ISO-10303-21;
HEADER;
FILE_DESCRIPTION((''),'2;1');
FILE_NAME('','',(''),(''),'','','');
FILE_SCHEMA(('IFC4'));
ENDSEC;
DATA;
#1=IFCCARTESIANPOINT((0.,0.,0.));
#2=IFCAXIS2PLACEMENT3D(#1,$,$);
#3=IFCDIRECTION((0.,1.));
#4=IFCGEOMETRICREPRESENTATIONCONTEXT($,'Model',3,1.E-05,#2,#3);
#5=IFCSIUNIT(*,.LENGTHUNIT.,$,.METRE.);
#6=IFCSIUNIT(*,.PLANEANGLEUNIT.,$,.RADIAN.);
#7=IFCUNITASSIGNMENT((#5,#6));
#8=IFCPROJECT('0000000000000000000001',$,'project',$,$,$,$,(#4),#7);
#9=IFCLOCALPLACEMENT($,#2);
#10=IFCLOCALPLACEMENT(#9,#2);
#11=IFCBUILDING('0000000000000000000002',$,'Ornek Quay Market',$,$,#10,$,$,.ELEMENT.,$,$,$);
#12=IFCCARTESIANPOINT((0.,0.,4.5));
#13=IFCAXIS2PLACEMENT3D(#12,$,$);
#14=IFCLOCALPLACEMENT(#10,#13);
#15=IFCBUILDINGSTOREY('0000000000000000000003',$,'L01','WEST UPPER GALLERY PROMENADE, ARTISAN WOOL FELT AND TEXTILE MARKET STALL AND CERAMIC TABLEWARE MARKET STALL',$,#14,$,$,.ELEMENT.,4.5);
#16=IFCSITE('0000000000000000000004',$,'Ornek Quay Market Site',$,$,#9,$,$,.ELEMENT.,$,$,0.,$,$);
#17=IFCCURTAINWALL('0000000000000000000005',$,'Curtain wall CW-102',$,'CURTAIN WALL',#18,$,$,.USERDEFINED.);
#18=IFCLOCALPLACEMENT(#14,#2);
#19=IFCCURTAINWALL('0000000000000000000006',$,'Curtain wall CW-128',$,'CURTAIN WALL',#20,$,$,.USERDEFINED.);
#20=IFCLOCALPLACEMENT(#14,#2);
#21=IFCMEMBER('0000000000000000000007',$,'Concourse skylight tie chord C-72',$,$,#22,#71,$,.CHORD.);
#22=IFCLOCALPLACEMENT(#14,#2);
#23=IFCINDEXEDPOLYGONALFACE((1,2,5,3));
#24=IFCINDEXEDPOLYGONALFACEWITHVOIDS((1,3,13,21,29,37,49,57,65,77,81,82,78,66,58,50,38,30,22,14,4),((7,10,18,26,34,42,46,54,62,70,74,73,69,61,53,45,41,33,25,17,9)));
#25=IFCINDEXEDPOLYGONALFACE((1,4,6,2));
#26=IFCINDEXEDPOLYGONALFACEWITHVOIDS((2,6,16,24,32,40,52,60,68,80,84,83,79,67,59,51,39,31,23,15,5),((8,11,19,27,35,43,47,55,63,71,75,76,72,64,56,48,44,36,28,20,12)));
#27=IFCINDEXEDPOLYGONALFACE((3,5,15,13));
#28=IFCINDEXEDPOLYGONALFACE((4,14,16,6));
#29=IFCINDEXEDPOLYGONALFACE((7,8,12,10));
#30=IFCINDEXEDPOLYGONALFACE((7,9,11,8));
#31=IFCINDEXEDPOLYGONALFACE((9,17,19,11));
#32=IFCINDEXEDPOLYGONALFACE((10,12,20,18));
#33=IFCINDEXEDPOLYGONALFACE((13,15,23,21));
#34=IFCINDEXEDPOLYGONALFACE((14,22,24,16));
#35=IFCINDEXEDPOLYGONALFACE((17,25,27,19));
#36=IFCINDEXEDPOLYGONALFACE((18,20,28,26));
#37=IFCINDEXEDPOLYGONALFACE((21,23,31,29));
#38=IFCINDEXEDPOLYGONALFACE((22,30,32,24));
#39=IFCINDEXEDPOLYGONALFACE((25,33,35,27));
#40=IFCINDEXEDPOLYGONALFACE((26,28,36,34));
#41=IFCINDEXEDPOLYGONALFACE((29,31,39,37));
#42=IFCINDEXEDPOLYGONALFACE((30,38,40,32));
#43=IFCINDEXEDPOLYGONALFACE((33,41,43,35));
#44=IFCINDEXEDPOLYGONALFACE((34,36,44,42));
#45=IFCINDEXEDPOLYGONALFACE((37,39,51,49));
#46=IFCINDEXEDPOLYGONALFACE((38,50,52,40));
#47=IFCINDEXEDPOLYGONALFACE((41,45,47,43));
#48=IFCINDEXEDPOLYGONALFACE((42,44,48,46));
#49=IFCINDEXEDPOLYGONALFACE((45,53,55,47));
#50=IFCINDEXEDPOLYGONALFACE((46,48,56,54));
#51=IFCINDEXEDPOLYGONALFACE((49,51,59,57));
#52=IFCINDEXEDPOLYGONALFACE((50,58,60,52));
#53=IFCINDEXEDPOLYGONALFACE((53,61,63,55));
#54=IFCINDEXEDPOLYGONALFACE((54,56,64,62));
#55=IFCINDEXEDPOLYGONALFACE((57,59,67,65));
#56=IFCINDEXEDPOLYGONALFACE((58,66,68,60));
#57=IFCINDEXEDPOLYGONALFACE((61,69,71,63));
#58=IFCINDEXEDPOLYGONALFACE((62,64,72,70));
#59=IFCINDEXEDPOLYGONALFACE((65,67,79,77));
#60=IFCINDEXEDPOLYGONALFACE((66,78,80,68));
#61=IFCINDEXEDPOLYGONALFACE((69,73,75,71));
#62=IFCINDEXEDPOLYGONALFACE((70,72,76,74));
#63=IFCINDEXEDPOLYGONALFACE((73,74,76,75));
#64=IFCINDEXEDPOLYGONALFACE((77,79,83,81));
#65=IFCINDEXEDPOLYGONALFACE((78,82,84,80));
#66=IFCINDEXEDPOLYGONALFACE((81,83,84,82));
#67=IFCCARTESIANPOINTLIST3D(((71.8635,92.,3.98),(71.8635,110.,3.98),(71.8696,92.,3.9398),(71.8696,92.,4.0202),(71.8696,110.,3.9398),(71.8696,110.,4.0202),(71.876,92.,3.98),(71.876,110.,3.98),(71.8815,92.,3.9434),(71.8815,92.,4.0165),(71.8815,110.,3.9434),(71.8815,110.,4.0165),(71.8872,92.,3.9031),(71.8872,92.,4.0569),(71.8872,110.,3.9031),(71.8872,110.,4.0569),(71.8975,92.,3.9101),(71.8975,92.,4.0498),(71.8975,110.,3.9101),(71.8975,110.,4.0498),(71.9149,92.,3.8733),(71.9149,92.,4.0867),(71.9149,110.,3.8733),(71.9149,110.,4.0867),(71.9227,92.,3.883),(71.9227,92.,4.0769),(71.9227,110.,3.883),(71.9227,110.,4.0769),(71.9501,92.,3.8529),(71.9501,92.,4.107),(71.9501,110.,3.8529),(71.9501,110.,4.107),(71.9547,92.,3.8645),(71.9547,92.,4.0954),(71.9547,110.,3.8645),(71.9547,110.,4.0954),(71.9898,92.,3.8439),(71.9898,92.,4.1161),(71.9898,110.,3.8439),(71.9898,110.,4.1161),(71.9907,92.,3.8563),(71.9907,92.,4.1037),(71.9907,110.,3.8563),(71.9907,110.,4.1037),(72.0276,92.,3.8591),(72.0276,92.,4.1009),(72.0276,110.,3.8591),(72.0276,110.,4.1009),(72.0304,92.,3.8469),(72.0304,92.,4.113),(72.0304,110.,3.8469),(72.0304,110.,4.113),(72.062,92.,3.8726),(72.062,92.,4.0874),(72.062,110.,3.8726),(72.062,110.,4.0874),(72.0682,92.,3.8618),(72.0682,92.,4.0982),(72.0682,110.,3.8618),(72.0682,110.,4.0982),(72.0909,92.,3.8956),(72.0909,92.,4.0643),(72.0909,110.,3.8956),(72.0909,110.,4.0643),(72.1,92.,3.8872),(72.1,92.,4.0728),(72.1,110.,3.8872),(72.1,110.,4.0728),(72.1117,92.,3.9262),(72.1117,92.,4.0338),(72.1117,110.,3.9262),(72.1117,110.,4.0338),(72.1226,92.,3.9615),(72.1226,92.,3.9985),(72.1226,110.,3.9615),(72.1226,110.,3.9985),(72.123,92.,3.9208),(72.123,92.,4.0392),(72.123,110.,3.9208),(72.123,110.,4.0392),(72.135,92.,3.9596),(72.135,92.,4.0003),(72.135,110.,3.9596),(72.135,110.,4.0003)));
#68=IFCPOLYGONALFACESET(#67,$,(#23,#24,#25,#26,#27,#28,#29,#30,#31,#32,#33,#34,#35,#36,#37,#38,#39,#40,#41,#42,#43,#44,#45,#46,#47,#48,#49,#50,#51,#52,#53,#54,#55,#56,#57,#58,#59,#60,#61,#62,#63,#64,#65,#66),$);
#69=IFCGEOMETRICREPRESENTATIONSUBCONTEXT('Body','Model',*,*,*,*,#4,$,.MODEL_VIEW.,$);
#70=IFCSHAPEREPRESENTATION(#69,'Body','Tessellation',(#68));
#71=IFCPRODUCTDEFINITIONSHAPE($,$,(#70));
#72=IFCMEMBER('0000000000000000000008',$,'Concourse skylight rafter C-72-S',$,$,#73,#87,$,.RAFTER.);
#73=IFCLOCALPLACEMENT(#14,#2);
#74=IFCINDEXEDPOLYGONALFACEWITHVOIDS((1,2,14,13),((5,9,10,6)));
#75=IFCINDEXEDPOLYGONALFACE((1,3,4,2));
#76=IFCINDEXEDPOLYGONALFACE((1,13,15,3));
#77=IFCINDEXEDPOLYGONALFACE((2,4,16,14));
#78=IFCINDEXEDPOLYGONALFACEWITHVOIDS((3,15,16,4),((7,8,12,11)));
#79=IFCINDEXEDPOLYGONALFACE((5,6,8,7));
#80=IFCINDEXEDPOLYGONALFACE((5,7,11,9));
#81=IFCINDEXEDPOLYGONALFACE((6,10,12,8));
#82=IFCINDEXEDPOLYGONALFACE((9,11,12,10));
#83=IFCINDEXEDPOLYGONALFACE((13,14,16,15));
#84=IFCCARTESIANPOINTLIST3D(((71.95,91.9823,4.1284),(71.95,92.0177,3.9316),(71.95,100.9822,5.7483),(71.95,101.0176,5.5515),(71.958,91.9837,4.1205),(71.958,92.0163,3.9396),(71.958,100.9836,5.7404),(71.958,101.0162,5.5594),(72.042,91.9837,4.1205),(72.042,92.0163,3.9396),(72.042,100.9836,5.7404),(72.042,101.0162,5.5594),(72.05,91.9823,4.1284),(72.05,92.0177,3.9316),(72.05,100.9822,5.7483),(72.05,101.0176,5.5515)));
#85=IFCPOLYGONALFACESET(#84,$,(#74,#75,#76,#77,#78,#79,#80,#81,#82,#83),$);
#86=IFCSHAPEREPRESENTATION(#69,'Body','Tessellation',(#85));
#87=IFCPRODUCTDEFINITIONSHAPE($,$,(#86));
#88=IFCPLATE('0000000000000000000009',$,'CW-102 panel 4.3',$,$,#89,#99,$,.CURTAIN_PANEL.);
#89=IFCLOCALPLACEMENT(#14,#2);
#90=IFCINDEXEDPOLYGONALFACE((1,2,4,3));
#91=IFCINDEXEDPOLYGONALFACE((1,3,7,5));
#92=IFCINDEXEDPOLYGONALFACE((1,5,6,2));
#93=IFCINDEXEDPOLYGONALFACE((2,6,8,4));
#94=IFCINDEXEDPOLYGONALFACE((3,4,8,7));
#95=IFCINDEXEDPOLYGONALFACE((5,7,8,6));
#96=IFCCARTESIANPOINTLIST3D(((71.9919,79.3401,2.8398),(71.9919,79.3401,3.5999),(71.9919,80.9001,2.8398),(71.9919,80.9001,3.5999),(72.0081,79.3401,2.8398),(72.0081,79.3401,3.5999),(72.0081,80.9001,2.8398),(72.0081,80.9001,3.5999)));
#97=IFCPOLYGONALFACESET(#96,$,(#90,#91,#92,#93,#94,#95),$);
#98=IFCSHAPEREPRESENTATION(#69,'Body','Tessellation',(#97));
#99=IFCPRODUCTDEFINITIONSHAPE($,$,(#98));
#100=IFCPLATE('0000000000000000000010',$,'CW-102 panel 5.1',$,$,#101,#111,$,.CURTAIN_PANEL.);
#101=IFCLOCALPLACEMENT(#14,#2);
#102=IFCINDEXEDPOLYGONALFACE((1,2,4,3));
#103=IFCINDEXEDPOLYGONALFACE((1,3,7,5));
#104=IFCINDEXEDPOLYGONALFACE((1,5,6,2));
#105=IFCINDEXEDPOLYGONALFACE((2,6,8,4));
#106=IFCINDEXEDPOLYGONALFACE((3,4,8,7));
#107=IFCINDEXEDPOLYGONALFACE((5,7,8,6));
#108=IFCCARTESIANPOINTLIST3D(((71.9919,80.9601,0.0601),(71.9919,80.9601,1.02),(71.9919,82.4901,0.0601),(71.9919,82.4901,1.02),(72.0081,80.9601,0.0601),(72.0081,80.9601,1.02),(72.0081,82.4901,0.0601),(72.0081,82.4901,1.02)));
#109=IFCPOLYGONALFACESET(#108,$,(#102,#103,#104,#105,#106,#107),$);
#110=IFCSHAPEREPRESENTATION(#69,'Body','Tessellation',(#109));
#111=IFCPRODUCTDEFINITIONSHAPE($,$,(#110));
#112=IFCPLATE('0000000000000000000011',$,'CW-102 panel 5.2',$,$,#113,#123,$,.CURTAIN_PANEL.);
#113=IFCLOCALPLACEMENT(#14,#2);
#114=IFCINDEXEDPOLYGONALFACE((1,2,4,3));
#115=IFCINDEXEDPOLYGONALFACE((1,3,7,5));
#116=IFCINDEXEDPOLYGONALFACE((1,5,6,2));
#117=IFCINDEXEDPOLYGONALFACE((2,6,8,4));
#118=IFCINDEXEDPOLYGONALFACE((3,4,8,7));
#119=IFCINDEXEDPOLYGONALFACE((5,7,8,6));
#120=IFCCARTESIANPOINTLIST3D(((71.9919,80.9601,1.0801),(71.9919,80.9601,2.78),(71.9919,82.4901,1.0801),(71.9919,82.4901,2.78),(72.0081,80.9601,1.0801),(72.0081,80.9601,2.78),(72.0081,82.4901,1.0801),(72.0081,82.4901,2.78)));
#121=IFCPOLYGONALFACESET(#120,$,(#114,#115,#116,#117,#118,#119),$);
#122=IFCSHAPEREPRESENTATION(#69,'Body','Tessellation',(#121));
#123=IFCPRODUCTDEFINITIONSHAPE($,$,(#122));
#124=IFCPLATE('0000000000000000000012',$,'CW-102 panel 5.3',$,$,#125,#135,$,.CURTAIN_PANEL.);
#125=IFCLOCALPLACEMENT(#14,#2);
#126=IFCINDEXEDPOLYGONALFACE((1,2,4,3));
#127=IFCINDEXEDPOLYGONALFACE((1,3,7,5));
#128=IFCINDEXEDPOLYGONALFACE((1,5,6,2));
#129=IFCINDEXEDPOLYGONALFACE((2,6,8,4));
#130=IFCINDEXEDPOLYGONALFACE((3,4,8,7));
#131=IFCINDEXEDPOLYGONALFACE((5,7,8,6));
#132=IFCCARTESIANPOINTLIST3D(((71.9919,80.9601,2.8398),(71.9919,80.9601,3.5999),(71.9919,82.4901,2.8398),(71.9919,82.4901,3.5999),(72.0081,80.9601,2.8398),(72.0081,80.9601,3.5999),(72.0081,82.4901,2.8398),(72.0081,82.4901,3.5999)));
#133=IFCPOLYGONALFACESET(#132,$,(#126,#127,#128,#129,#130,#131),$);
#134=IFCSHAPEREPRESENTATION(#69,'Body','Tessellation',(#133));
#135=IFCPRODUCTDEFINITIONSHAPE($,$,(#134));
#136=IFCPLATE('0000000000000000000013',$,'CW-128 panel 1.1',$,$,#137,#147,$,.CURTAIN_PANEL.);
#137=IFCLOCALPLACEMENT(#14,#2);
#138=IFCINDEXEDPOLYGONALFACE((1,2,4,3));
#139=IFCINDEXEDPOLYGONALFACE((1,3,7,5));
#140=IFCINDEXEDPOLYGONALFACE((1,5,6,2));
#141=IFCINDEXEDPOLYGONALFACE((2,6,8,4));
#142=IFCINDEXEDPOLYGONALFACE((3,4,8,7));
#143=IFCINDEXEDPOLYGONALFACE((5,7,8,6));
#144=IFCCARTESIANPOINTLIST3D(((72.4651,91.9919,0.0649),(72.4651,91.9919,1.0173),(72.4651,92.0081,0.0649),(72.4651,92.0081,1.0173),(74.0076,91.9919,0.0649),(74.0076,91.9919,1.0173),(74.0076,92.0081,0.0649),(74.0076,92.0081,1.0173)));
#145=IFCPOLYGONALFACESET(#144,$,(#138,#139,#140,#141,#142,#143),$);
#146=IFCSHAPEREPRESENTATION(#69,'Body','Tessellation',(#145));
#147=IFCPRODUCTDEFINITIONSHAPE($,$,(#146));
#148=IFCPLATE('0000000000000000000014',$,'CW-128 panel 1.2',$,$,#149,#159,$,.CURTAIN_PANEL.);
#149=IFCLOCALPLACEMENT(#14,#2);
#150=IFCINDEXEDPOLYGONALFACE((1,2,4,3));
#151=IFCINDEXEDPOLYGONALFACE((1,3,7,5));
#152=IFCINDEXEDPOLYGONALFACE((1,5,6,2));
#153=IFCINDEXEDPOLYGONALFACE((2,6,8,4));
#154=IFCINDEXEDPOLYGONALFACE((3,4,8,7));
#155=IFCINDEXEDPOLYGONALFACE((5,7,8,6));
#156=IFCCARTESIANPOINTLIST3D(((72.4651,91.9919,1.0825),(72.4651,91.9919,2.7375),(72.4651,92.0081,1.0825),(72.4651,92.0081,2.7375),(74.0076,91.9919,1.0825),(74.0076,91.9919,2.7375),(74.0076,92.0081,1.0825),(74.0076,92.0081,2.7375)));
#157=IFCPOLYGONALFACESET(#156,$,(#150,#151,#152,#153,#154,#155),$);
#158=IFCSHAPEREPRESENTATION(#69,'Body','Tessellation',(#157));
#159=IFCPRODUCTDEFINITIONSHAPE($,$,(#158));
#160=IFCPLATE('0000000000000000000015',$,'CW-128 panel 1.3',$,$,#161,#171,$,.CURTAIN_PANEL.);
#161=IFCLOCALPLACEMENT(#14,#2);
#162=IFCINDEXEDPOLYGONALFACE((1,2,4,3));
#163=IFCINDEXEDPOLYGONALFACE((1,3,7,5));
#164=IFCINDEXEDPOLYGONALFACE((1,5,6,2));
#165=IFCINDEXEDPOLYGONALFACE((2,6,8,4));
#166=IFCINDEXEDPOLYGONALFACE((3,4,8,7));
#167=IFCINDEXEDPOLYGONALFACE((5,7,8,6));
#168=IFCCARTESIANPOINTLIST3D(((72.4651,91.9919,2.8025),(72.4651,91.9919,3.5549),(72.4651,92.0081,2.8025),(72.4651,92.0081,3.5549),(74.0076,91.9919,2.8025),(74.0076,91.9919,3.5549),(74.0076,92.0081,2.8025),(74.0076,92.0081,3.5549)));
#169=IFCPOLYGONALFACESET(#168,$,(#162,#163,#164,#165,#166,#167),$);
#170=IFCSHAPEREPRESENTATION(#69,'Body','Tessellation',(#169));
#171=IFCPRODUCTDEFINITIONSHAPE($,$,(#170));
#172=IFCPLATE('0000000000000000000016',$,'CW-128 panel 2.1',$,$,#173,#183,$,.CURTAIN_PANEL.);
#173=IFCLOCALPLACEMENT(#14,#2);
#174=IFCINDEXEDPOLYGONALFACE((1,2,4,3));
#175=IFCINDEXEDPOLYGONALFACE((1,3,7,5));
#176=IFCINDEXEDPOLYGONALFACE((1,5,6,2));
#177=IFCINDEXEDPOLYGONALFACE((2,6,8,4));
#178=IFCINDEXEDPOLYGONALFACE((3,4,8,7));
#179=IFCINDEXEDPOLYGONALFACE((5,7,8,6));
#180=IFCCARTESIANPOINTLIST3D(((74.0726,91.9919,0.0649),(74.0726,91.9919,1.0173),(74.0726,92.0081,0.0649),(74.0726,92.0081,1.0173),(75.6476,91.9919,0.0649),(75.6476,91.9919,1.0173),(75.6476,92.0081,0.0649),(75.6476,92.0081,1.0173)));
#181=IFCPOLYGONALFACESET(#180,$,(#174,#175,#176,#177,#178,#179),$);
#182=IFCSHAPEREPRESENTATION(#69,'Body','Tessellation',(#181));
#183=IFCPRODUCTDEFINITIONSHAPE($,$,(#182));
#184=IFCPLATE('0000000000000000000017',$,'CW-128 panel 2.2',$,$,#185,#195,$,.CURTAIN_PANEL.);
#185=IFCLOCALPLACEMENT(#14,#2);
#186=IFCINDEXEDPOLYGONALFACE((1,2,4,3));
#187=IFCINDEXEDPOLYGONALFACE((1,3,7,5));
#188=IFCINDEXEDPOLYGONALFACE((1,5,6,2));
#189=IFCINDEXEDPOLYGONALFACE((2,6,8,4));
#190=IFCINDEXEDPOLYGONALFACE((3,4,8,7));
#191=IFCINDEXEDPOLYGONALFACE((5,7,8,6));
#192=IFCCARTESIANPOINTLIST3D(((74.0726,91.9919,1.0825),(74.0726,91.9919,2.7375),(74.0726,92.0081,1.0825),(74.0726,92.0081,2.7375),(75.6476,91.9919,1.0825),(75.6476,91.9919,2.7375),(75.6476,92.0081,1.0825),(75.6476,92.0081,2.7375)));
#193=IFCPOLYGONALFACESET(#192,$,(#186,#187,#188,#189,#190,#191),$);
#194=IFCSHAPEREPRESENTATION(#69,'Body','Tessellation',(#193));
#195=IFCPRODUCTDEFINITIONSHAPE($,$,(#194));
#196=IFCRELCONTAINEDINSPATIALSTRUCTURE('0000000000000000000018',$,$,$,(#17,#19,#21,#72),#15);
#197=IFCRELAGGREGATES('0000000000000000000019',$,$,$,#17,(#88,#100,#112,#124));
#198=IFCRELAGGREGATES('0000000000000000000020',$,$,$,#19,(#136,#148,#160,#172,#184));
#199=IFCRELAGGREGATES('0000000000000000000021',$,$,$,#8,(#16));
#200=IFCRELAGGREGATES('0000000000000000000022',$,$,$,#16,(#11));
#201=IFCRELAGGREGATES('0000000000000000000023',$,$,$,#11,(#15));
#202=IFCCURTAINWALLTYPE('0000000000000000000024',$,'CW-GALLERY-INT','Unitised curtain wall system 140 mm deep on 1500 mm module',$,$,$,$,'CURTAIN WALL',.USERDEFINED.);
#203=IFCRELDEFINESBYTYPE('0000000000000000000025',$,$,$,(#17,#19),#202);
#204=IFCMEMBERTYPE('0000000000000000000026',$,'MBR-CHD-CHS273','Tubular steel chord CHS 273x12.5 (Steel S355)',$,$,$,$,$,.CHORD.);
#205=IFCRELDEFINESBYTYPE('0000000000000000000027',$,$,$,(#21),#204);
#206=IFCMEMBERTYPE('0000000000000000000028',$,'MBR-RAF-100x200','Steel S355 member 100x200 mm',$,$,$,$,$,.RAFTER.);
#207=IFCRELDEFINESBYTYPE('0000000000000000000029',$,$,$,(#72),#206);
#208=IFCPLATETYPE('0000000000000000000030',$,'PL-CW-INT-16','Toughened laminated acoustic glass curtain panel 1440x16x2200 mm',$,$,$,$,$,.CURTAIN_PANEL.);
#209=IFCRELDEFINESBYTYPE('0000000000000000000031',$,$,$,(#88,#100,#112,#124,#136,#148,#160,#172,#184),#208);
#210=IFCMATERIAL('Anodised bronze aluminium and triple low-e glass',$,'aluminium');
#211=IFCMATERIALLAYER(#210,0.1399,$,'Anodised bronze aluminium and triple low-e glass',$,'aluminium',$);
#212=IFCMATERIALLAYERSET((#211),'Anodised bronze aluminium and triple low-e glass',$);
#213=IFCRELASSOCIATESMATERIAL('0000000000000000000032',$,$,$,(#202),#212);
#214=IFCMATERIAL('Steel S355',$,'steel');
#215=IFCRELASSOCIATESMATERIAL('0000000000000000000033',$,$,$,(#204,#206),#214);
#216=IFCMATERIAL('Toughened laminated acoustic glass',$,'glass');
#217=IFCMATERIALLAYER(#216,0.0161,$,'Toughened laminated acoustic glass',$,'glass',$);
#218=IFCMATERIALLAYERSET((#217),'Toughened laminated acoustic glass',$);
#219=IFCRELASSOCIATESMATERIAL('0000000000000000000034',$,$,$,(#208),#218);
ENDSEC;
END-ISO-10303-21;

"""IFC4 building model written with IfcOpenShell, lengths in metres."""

from ifc_helpers import new_model, si_unit, direction, frame, origin, origin_2d, place, context, subcontext, project, spatial, rectangle, hollow_rectangle, hollow_circle, extrude, material, layer, layer_set, material_profile, profile_set, type_object, element, aggregate, save


model = new_model("IFC4")

# Units and contexts
model_context = context("Model", 3, precision=1e-05, world=origin(), true_north=direction((0.0, 1.0)))
body_context = subcontext(model_context, "Body", "Model", "MODEL_VIEW")
ifc_project = project(units=[si_unit("LENGTHUNIT", "METRE"), si_unit("PLANEANGLEUNIT", "RADIAN")], contexts=[model_context])

# Site, building, storey
site_placement = place(None, origin())
site = spatial("IfcSite", under=ifc_project, at=site_placement, Name="Ornek Quay Market Site", CompositionType="ELEMENT", RefElevation=0.0)
building_placement = place(site_placement, origin())
building = spatial("IfcBuilding", under=site, at=building_placement, Name="Ornek Quay Market", CompositionType="ELEMENT")
storey_placement = place(building_placement, frame((0.0, 0.0, 4.5)))
storey = spatial("IfcBuildingStorey", under=building, at=storey_placement, Name="L01", Description="WEST UPPER GALLERY PROMENADE, ARTISAN WOOL FELT AND TEXTILE MARKET STALL AND CERAMIC TABLEWARE MARKET STALL", CompositionType="ELEMENT", Elevation=4.5)

# Curtain walls
ifc_material_1 = material(Name="Anodised bronze aluminium and triple low-e glass", Category="aluminium")
ifc_layer_1 = layer(ifc_material_1, 0.1399, Name="Anodised bronze aluminium and triple low-e glass", Category="aluminium")
ifc_layer_set_1 = layer_set([ifc_layer_1], Name="Anodised bronze aluminium and triple low-e glass")
curtain_wall_type = type_object("IfcCurtainWallType", Name="CW-GALLERY-INT", Description="Unitised curtain wall system 140 mm deep on 1500 mm module", ElementType="CURTAIN WALL", PredefinedType="USERDEFINED", material=ifc_layer_set_1)
curtain_wall_1_placement = place(storey_placement, origin())
curtain_wall_1 = element("IfcCurtainWall", 1, at=curtain_wall_1_placement, inside=storey, type_object=curtain_wall_type, Name="Curtain wall CW-102", ObjectType="CURTAIN WALL", PredefinedType="USERDEFINED")
curtain_wall_2_placement = place(storey_placement, origin())
curtain_wall_2 = element("IfcCurtainWall", 2, at=curtain_wall_2_placement, inside=storey, type_object=curtain_wall_type, Name="Curtain wall CW-128", ObjectType="CURTAIN WALL", PredefinedType="USERDEFINED")

# Members
ifc_material_2 = material(Name="Steel S355", Category="steel")
ifc_material_profile_1 = material_profile(ifc_material_2, hollow_circle(Radius=0.1365, WallThickness=0.0125, at=origin_2d()), Name="CHS 273x12.5", Category="steel")
ifc_profile_set_1 = profile_set([ifc_material_profile_1], Name="Steel S355")
member_type_1 = type_object("IfcMemberType", Name="MBR-CHD-CHS273", Description="Tubular steel chord CHS 273x12.5 (Steel S355)", PredefinedType="CHORD", material=ifc_profile_set_1)
member_1_placement = place(storey_placement, frame((72.0, 92.0, 3.98), z_axis=(0.0, 1.0, 0.0), x_axis=(-1.0, 0.0, 0.0)))
element("IfcMember", 3, at=member_1_placement, inside=storey, type_object=member_type_1, Name="Concourse skylight tie chord C-72", PredefinedType="CHORD", context=body_context, shape_type="SweptSolid", body=[
    extrude(hollow_circle(Radius=0.1365, WallThickness=0.0125, at=origin_2d()), origin(), (0.0, 0.0, 1.0), 18.0),
])
ifc_material_profile_2 = material_profile(ifc_material_2, hollow_rectangle(XDim=0.1001, YDim=0.2, WallThickness=0.0081, at=origin_2d()), Name="MBR-RAF-100x200", Category="steel")
ifc_profile_set_2 = profile_set([ifc_material_profile_2], Name="Steel S355")
member_type_2 = type_object("IfcMemberType", Name="MBR-RAF-100x200", Description="Steel S355 member 100x200 mm", PredefinedType="RAFTER", material=ifc_profile_set_2)
member_2_placement = place(storey_placement, frame((72.0, 92.0, 4.03), z_axis=(0.0, 0.984186, 0.17714), x_axis=(-1.0, 0.0, 0.0)))
element("IfcMember", 4, at=member_2_placement, inside=storey, type_object=member_type_2, Name="Concourse skylight rafter C-72-S", PredefinedType="RAFTER", context=body_context, shape_type="SweptSolid", body=[
    extrude(hollow_rectangle(XDim=0.1001, YDim=0.2, WallThickness=0.0081, at=origin_2d()), origin(), (0.0, 0.0, 1.0), 9.1445),
])

# Plates
ifc_material_3 = material(Name="Toughened laminated acoustic glass", Category="glass")
ifc_layer_2 = layer(ifc_material_3, 0.0161, Name="Toughened laminated acoustic glass", Category="glass")
ifc_layer_set_2 = layer_set([ifc_layer_2], Name="Toughened laminated acoustic glass")
plate_type_1 = type_object("IfcPlateType", Name="PL-CW-INT-16", Description="Toughened laminated acoustic glass curtain panel 1440x16x2200 mm", PredefinedType="CURTAIN_PANEL", material=ifc_layer_set_2)
plate_1_placement = place(storey_placement, frame((72.0, 80.1201, 2.8398), z_axis=(0.0, 0.0, 1.0), x_axis=(0.0, 1.0, 0.0)))
plate_1 = element("IfcPlate", 5, at=plate_1_placement, type_object=plate_type_1, Name="CW-102 panel 4.3", PredefinedType="CURTAIN_PANEL", context=body_context, shape_type="SweptSolid", body=[
    extrude(rectangle(XDim=1.5601, YDim=0.0161, at=origin_2d()), origin(), (0.0, 0.0, 1.0), 0.76),
])
plate_2_placement = place(storey_placement, frame((72.0, 81.7251, 0.0601), z_axis=(0.0, 0.0, 1.0), x_axis=(0.0, 1.0, 0.0)))
plate_2 = element("IfcPlate", 6, at=plate_2_placement, type_object=plate_type_1, Name="CW-102 panel 5.1", PredefinedType="CURTAIN_PANEL", context=body_context, shape_type="SweptSolid", body=[
    extrude(rectangle(XDim=1.53, YDim=0.0161, at=origin_2d()), origin(), (0.0, 0.0, 1.0), 0.96),
])
plate_3_placement = place(storey_placement, frame((72.0, 81.7251, 1.0801), z_axis=(0.0, 0.0, 1.0), x_axis=(0.0, 1.0, 0.0)))
plate_3 = element("IfcPlate", 7, at=plate_3_placement, type_object=plate_type_1, Name="CW-102 panel 5.2", PredefinedType="CURTAIN_PANEL", context=body_context, shape_type="SweptSolid", body=[
    extrude(rectangle(XDim=1.53, YDim=0.0161, at=origin_2d()), origin(), (0.0, 0.0, 1.0), 1.7),
])
plate_4_placement = place(storey_placement, frame((72.0, 81.7251, 2.8398), z_axis=(0.0, 0.0, 1.0), x_axis=(0.0, 1.0, 0.0)))
plate_4 = element("IfcPlate", 8, at=plate_4_placement, type_object=plate_type_1, Name="CW-102 panel 5.3", PredefinedType="CURTAIN_PANEL", context=body_context, shape_type="SweptSolid", body=[
    extrude(rectangle(XDim=1.53, YDim=0.0161, at=origin_2d()), origin(), (0.0, 0.0, 1.0), 0.76),
])
aggregate(curtain_wall_1, [plate_1, plate_2, plate_3, plate_4])
plate_5_placement = place(storey_placement, frame((73.2363, 92.0, 0.0649), z_axis=(0.0, 0.0, 1.0), x_axis=(1.0, 0.0, 0.0)))
plate_5 = element("IfcPlate", 9, at=plate_5_placement, type_object=plate_type_1, Name="CW-128 panel 1.1", PredefinedType="CURTAIN_PANEL", context=body_context, shape_type="SweptSolid", body=[
    extrude(rectangle(XDim=1.5425, YDim=0.0161, at=origin_2d()), origin(), (0.0, 0.0, 1.0), 0.9524),
])
plate_6_placement = place(storey_placement, frame((73.2363, 92.0, 1.0825), z_axis=(0.0, 0.0, 1.0), x_axis=(1.0, 0.0, 0.0)))
plate_6 = element("IfcPlate", 10, at=plate_6_placement, type_object=plate_type_1, Name="CW-128 panel 1.2", PredefinedType="CURTAIN_PANEL", context=body_context, shape_type="SweptSolid", body=[
    extrude(rectangle(XDim=1.5425, YDim=0.0161, at=origin_2d()), origin(), (0.0, 0.0, 1.0), 1.655),
])
plate_7_placement = place(storey_placement, frame((73.2363, 92.0, 2.8025), z_axis=(0.0, 0.0, 1.0), x_axis=(1.0, 0.0, 0.0)))
plate_7 = element("IfcPlate", 11, at=plate_7_placement, type_object=plate_type_1, Name="CW-128 panel 1.3", PredefinedType="CURTAIN_PANEL", context=body_context, shape_type="SweptSolid", body=[
    extrude(rectangle(XDim=1.5425, YDim=0.0161, at=origin_2d()), origin(), (0.0, 0.0, 1.0), 0.7524),
])
plate_8_placement = place(storey_placement, frame((74.8601, 92.0, 0.0649), z_axis=(0.0, 0.0, 1.0), x_axis=(1.0, 0.0, 0.0)))
plate_8 = element("IfcPlate", 12, at=plate_8_placement, type_object=plate_type_1, Name="CW-128 panel 2.1", PredefinedType="CURTAIN_PANEL", context=body_context, shape_type="SweptSolid", body=[
    extrude(rectangle(XDim=1.575, YDim=0.0161, at=origin_2d()), origin(), (0.0, 0.0, 1.0), 0.9524),
])
plate_9_placement = place(storey_placement, frame((74.8601, 92.0, 1.0825), z_axis=(0.0, 0.0, 1.0), x_axis=(1.0, 0.0, 0.0)))
plate_9 = element("IfcPlate", 13, at=plate_9_placement, type_object=plate_type_1, Name="CW-128 panel 2.2", PredefinedType="CURTAIN_PANEL", context=body_context, shape_type="SweptSolid", body=[
    extrude(rectangle(XDim=1.575, YDim=0.0161, at=origin_2d()), origin(), (0.0, 0.0, 1.0), 1.655),
])
aggregate(curtain_wall_2, [plate_5, plate_6, plate_7, plate_8, plate_9])

save(model, "model.ifc")
